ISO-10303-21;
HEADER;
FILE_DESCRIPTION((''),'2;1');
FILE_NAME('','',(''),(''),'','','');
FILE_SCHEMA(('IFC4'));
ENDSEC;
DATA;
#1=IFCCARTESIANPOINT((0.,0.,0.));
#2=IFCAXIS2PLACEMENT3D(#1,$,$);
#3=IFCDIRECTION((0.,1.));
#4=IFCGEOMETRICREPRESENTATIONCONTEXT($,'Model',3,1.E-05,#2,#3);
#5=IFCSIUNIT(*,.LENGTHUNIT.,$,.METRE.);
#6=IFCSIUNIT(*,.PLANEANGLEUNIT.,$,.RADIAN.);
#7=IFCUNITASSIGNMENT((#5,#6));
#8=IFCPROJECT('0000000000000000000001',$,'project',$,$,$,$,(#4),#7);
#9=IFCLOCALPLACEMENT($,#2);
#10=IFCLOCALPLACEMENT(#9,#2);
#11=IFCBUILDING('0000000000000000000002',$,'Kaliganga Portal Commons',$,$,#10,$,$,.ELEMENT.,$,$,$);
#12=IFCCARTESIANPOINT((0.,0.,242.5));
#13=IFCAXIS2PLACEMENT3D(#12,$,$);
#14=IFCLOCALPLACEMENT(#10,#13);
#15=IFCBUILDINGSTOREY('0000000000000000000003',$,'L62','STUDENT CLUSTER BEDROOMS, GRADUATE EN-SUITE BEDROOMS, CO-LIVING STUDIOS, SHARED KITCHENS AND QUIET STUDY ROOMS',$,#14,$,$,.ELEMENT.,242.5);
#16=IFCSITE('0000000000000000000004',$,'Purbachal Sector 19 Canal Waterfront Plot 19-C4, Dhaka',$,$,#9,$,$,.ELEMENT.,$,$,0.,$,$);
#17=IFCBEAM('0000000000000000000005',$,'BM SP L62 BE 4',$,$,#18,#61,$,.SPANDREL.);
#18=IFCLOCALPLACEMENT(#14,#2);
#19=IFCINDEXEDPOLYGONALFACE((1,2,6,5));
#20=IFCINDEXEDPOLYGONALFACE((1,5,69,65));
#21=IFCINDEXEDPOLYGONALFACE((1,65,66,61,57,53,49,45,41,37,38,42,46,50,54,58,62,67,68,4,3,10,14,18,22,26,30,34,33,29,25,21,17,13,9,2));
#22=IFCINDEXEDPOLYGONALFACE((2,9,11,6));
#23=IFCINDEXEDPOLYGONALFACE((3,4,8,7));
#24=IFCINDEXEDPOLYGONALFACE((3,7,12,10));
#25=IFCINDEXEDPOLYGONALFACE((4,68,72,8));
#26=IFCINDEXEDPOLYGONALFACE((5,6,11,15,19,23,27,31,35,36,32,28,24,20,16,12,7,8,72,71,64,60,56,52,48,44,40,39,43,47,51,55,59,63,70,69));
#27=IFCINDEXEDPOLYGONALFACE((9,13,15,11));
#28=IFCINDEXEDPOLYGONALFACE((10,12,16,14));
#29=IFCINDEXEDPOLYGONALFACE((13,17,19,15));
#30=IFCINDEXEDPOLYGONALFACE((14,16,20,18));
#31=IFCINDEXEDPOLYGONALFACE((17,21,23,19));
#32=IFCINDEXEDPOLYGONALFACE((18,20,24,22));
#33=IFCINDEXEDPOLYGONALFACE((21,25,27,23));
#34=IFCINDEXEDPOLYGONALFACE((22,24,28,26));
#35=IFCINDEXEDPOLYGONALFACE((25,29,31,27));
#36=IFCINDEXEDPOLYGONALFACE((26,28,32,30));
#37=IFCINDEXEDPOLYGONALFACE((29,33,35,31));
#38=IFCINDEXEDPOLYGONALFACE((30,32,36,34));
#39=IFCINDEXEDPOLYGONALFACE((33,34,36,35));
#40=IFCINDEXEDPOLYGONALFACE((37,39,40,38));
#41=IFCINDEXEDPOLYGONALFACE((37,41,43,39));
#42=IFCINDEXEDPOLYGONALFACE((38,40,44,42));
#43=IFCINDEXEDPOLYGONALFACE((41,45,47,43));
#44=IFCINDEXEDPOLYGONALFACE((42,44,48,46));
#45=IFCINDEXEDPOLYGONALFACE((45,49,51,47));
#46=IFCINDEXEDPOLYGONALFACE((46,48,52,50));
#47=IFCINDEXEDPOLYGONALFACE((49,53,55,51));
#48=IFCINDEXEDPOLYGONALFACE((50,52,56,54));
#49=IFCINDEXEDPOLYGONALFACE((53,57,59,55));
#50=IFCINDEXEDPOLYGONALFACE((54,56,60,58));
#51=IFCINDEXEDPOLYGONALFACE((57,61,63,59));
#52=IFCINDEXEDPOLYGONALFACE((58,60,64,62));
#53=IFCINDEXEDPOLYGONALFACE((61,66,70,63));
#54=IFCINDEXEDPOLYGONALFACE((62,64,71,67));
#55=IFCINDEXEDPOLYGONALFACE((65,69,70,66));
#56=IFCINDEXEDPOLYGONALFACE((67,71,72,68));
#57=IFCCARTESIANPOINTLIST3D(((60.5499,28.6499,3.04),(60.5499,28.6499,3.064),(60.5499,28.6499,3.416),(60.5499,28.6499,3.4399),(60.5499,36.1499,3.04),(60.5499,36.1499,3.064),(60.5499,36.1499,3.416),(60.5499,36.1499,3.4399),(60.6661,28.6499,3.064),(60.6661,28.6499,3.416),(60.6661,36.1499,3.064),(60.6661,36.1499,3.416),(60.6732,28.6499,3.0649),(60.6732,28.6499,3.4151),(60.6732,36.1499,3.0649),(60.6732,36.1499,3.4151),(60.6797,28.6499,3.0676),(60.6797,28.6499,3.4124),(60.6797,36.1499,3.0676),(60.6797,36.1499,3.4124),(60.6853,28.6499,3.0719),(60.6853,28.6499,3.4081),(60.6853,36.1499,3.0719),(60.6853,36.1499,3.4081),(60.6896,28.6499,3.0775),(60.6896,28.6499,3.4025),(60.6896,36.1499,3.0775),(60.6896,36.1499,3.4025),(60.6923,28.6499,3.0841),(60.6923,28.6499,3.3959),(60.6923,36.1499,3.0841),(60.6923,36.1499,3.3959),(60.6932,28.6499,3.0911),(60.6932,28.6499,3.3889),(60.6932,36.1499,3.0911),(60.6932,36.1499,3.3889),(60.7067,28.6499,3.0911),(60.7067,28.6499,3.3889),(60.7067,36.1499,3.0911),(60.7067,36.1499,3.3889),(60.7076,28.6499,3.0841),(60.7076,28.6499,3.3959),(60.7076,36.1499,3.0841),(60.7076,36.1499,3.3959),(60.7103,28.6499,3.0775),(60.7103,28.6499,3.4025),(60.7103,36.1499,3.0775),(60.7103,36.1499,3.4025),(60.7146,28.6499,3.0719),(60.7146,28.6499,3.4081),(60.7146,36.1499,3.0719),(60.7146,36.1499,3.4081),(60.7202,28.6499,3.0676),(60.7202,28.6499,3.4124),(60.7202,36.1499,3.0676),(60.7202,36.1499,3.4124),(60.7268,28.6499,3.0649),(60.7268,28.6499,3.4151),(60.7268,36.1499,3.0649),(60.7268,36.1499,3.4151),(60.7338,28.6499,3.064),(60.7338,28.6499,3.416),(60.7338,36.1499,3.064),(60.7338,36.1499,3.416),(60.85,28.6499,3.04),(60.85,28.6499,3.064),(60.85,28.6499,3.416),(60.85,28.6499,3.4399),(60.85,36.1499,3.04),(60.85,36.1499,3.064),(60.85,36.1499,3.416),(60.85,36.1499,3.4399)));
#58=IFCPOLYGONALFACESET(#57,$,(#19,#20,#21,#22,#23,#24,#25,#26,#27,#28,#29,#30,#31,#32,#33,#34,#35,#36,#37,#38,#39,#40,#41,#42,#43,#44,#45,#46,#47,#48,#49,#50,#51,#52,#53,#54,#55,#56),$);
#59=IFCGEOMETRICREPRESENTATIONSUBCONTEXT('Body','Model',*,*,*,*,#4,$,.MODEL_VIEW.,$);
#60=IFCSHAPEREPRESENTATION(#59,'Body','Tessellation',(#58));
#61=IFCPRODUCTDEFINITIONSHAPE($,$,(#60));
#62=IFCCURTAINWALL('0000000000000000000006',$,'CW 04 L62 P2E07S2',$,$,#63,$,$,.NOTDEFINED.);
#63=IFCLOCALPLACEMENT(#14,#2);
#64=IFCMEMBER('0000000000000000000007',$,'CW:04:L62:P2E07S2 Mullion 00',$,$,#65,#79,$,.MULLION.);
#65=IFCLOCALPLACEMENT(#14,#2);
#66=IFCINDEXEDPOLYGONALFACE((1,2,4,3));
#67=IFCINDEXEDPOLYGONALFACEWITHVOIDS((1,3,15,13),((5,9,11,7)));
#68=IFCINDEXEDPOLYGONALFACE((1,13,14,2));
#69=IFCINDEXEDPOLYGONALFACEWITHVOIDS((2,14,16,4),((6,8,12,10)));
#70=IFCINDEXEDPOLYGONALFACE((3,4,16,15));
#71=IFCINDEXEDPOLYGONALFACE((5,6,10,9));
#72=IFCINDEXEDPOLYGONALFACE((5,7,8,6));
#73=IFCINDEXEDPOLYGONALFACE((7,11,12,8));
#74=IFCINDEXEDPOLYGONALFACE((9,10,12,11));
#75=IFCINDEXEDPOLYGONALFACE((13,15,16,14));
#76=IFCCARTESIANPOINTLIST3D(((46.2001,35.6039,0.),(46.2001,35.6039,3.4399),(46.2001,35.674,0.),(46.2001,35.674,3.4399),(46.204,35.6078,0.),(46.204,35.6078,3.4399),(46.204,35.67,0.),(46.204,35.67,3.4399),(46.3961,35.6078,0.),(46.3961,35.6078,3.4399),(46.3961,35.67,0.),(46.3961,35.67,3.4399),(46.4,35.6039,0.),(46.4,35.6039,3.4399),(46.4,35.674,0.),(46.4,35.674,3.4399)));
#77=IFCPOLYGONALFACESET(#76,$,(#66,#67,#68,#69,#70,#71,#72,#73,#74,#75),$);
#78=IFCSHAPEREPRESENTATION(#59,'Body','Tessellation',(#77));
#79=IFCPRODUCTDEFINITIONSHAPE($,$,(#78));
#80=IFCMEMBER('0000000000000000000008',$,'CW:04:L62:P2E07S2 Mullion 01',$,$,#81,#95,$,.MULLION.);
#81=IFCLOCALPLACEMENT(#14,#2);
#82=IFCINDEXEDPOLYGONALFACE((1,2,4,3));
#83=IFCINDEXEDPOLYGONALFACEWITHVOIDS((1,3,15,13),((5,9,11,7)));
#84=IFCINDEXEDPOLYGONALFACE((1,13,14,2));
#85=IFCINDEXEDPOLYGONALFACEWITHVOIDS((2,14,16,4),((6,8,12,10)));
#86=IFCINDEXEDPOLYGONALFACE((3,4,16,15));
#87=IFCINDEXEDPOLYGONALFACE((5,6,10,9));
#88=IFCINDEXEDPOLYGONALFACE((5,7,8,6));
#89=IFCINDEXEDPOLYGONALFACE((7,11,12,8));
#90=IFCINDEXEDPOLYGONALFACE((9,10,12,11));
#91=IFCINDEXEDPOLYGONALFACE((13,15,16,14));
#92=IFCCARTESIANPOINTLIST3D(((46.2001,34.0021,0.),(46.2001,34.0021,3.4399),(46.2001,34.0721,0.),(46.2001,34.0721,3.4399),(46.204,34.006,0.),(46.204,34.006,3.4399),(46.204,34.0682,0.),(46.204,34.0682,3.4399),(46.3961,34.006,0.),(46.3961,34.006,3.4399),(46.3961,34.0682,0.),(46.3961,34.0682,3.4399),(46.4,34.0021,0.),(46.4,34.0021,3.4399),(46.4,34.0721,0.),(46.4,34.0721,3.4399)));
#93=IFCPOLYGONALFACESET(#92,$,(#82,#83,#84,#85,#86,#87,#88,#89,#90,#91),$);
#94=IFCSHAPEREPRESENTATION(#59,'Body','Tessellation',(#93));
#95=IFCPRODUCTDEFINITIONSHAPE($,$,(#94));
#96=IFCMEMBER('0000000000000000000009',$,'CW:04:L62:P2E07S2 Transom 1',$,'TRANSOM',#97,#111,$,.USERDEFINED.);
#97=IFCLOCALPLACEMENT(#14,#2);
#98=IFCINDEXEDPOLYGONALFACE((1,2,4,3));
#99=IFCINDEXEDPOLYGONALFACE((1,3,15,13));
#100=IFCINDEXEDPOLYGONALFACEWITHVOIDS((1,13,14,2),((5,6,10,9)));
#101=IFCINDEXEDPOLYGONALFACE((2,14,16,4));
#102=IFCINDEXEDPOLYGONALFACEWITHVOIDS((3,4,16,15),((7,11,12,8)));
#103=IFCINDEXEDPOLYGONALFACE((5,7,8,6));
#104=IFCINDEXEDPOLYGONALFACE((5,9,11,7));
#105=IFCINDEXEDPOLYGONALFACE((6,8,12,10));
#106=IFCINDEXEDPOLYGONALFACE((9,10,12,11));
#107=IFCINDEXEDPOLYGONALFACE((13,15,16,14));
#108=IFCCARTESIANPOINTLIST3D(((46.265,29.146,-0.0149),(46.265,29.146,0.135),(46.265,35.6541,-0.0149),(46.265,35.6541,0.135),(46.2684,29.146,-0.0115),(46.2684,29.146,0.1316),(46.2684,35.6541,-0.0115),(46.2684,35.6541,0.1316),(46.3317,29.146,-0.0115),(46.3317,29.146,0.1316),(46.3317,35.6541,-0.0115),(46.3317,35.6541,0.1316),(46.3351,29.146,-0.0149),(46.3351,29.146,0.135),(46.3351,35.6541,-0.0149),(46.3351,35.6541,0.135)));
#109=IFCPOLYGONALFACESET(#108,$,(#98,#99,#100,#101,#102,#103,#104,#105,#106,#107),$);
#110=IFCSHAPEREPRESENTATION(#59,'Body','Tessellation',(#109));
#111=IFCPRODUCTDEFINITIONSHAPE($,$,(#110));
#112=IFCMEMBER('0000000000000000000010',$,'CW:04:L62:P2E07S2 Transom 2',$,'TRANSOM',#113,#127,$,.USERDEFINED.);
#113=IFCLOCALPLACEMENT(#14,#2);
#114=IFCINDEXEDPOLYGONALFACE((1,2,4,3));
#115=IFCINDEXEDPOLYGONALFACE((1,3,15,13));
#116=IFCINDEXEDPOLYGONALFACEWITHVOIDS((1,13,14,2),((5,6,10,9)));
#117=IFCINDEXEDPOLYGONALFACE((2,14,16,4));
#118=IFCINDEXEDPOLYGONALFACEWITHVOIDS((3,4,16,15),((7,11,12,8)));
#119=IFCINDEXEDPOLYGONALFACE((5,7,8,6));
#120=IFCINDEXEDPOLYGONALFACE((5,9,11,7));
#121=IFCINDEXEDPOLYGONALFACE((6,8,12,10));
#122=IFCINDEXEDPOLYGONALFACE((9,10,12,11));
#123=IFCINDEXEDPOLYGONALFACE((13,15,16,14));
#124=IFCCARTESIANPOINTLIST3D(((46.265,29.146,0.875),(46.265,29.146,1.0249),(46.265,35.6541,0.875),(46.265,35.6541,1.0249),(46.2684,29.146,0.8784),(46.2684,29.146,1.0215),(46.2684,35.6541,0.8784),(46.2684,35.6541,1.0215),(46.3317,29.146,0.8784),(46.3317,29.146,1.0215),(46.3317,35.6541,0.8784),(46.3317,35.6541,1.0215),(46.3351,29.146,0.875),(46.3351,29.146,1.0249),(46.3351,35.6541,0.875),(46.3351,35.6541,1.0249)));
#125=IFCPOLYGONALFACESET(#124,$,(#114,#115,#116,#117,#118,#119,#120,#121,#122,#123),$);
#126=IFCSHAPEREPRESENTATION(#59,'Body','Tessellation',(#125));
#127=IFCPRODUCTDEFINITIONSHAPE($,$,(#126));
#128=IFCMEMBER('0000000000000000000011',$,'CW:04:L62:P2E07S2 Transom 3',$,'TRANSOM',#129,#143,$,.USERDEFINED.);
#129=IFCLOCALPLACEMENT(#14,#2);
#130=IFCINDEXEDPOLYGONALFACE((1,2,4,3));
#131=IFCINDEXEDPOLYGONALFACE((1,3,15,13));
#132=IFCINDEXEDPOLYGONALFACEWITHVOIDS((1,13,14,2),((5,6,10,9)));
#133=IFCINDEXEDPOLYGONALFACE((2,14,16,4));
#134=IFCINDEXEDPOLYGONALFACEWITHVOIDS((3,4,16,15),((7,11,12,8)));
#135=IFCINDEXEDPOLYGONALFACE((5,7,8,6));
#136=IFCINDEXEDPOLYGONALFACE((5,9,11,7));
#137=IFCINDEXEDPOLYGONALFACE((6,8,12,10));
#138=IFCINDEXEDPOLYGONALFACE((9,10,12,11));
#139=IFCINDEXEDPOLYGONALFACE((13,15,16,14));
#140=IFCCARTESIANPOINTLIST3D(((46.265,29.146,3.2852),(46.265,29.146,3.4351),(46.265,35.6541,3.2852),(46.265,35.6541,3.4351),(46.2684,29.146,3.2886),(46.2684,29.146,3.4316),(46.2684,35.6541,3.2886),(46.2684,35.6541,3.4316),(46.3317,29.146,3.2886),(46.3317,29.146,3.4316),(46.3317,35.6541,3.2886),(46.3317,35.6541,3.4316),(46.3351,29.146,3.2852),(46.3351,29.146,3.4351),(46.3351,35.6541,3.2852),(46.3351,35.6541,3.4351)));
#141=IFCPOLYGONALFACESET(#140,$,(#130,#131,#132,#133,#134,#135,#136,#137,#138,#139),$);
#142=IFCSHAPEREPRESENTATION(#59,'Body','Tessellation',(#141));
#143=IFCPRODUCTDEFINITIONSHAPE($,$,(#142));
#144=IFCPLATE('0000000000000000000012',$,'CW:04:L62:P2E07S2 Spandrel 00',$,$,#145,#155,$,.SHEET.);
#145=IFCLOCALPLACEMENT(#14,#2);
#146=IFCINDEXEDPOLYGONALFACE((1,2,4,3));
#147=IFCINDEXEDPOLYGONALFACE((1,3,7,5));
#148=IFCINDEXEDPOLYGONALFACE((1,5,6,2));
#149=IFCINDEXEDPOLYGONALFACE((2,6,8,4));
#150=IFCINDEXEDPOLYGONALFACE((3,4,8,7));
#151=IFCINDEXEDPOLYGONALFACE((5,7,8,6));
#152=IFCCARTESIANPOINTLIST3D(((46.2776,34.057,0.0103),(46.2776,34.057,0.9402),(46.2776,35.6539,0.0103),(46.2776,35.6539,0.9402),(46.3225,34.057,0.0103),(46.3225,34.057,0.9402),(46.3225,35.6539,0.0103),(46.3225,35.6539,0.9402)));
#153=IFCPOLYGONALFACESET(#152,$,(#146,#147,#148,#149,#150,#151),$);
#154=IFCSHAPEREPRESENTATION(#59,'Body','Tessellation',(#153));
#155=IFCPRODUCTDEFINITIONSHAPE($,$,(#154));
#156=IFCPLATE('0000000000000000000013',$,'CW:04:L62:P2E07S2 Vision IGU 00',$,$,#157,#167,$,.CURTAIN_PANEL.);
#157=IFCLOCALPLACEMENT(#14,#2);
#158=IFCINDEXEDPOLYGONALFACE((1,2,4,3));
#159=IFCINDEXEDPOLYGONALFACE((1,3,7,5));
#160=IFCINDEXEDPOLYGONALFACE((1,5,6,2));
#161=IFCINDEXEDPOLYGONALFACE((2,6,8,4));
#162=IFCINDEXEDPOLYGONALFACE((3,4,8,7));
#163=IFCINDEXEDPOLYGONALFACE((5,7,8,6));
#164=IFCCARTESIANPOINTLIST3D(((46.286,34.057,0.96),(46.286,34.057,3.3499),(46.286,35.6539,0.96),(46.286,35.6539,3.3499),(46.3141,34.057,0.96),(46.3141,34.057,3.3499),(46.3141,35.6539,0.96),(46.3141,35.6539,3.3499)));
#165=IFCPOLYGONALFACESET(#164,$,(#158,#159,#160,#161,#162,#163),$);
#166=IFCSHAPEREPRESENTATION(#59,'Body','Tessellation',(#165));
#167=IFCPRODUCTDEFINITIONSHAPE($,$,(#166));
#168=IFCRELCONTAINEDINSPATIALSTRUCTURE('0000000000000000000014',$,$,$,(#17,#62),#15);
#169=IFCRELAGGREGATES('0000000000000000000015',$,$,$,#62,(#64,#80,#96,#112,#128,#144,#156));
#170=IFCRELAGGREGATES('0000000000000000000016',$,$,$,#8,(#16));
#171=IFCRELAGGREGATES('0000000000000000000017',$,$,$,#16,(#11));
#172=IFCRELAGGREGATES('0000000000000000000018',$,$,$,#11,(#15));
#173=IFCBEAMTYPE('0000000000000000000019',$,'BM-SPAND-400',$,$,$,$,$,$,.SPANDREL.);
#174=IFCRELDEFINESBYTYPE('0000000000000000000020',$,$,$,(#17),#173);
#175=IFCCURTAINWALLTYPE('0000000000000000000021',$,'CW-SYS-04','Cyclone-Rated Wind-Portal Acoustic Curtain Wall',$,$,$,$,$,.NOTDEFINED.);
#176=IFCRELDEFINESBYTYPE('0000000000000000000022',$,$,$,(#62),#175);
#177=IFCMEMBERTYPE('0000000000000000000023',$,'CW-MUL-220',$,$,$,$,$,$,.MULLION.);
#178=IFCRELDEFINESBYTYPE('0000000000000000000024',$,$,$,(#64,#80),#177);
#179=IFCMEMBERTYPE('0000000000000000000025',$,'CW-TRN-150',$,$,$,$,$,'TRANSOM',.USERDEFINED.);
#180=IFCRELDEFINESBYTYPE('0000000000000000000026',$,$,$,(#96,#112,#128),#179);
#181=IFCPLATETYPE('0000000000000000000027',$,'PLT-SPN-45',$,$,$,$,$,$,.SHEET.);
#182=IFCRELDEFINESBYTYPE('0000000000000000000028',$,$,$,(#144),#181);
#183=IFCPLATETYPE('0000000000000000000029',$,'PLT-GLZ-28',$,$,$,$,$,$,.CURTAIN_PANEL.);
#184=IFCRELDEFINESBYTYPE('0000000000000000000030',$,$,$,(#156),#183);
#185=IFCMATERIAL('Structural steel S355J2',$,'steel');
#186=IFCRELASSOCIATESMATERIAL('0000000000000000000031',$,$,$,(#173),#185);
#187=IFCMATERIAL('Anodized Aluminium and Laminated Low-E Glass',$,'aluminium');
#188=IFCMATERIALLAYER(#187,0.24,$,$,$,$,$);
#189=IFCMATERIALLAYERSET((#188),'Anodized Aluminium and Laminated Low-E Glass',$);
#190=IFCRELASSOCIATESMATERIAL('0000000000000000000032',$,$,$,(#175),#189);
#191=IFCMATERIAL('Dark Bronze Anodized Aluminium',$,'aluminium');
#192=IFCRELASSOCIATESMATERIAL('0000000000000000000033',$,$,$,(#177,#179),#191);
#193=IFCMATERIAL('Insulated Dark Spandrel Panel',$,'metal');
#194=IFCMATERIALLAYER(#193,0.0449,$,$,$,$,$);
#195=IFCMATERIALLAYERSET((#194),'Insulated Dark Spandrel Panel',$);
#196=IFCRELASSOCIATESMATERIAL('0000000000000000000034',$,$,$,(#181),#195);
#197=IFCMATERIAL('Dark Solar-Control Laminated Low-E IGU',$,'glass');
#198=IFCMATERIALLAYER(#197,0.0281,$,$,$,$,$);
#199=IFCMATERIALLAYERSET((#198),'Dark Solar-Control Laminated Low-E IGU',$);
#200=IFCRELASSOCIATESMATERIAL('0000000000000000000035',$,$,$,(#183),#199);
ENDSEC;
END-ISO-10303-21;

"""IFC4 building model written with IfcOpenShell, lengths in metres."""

from ifc_helpers import new_model, si_unit, direction, frame, origin, origin_2d, place, context, subcontext, project, spatial, rectangle, hollow_rectangle, i_section, extrude, source, transform, mapped, material, layer, layer_set, material_profile, profile_set, type_object, element, aggregate, save


model = new_model("IFC4")

# Units and contexts
model_context = context("Model", 3, precision=1e-05, world=origin(), true_north=direction((0.0, 1.0)))
body_context = subcontext(model_context, "Body", "Model", "MODEL_VIEW")
ifc_project = project(units=[si_unit("LENGTHUNIT", "METRE"), si_unit("PLANEANGLEUNIT", "RADIAN")], contexts=[model_context])

# Site, building, storey
site_placement = place(None, origin())
site = spatial("IfcSite", under=ifc_project, at=site_placement, Name="Purbachal Sector 19 Canal Waterfront Plot 19-C4, Dhaka", CompositionType="ELEMENT", RefElevation=0.0)
building_placement = place(site_placement, origin())
building = spatial("IfcBuilding", under=site, at=building_placement, Name="Kaliganga Portal Commons", CompositionType="ELEMENT")
storey_placement = place(building_placement, frame((0.0, 0.0, 242.5)))
storey = spatial("IfcBuildingStorey", under=building, at=storey_placement, Name="L62", Description="STUDENT CLUSTER BEDROOMS, GRADUATE EN-SUITE BEDROOMS, CO-LIVING STUDIOS, SHARED KITCHENS AND QUIET STUDY ROOMS", CompositionType="ELEMENT", Elevation=242.5)

# Shared definitions
ifc_material_1 = material(Name="Structural steel S355J2", Category="steel")

# Beam
ifc_material_profile_1 = material_profile(ifc_material_1, i_section(OverallWidth=0.3, OverallDepth=0.3999, WebThickness=0.0134, FlangeThickness=0.0239, FilletRadius=0.0271, at=origin_2d()), Name="HE 400 B")
ifc_profile_set_1 = profile_set([ifc_material_profile_1], Name="Structural steel S355J2 wide-flange")
beam_type_1 = type_object("IfcBeamType", Name="BM-SPAND-400", PredefinedType="SPANDREL", material=ifc_profile_set_1)
shared_shape_1 = source(origin(), body_context, "Body", "SweptSolid", [
    extrude(i_section(OverallWidth=0.3, OverallDepth=0.3999, WebThickness=0.0134, FlangeThickness=0.0239, FilletRadius=0.0271, at=origin_2d()), origin(), (0.0, 0.0, 1.0), 7.5),
])
beam_1_placement = place(storey_placement, frame((60.7, 28.6499, 3.24), z_axis=(0.0, 1.0, 0.0), x_axis=(-1.0, 0.0, 0.0)))
element("IfcBeam", 1, at=beam_1_placement, inside=storey, type_object=beam_type_1, Name="BM SP L62 BE 4", PredefinedType="SPANDREL", context=body_context, shape_type="MappedRepresentation", body=[
    mapped(shared_shape_1, transform((0.0, 0.0, 0.0), x_axis=(1.0, 0.0, 0.0), y_axis=(0.0, 1.0, 0.0), z_axis=(0.0, 0.0, 1.0), scale=1.0)),
])

# Curtain wall, members, plates
ifc_material_2 = material(Name="Anodized Aluminium and Laminated Low-E Glass", Category="aluminium")
ifc_layer_1 = layer(ifc_material_2, 0.24)
ifc_layer_set_1 = layer_set([ifc_layer_1], Name="Anodized Aluminium and Laminated Low-E Glass")
curtain_wall_type = type_object("IfcCurtainWallType", Name="CW-SYS-04", Description="Cyclone-Rated Wind-Portal Acoustic Curtain Wall", PredefinedType="NOTDEFINED", material=ifc_layer_set_1)
curtain_wall_placement = place(storey_placement, origin())
curtain_wall = element("IfcCurtainWall", 2, at=curtain_wall_placement, inside=storey, type_object=curtain_wall_type, Name="CW 04 L62 P2E07S2", PredefinedType="NOTDEFINED")
ifc_material_3 = material(Name="Dark Bronze Anodized Aluminium", Category="aluminium")
ifc_material_profile_2 = material_profile(ifc_material_3, hollow_rectangle(XDim=0.0701, YDim=0.2, WallThickness=0.0039, at=origin_2d()), Name="ALU MULL 70x200x4")
ifc_profile_set_2 = profile_set([ifc_material_profile_2], Name="Dark Bronze Anodized Aluminium")
member_type_1 = type_object("IfcMemberType", Name="CW-MUL-220", PredefinedType="MULLION", material=ifc_profile_set_2)
shared_shape_2 = source(origin(), body_context, "Body", "SweptSolid", [
    extrude(hollow_rectangle(XDim=0.0701, YDim=0.2, WallThickness=0.0039, at=origin_2d()), origin(), (0.0, 0.0, 1.0), 3.4399),
])
member_1_placement = place(storey_placement, frame((46.3, 35.6389, 0.0), z_axis=(0.0, 0.0, 1.0), x_axis=(0.0, -1.0, 0.0)))
member_1 = element("IfcMember", 3, at=member_1_placement, type_object=member_type_1, Name="CW:04:L62:P2E07S2 Mullion 00", PredefinedType="MULLION", context=body_context, shape_type="MappedRepresentation", body=[
    mapped(shared_shape_2, transform((0.0, 0.0, 0.0), x_axis=(1.0, 0.0, 0.0), y_axis=(0.0, 1.0, 0.0), z_axis=(0.0, 0.0, 1.0), scale=1.0)),
])
member_2_placement = place(storey_placement, frame((46.3, 34.0371, 0.0), z_axis=(0.0, 0.0, 1.0), x_axis=(0.0, -1.0, 0.0)))
member_2 = element("IfcMember", 4, at=member_2_placement, type_object=member_type_1, Name="CW:04:L62:P2E07S2 Mullion 01", PredefinedType="MULLION", context=body_context, shape_type="MappedRepresentation", body=[
    mapped(shared_shape_2, transform((0.0, 0.0, 0.0), x_axis=(1.0, 0.0, 0.0), y_axis=(0.0, 1.0, 0.0), z_axis=(0.0, 0.0, 1.0), scale=1.0)),
])
ifc_material_profile_3 = material_profile(ifc_material_3, hollow_rectangle(XDim=0.0701, YDim=0.1499, WallThickness=0.0034, at=origin_2d()), Name="ALU TRAN 70x150x3.5")
ifc_profile_set_3 = profile_set([ifc_material_profile_3], Name="Dark Bronze Anodized Aluminium")
member_type_2 = type_object("IfcMemberType", Name="CW-TRN-150", ElementType="TRANSOM", PredefinedType="USERDEFINED", material=ifc_profile_set_3)
shared_shape_3 = source(origin(), body_context, "Body", "SweptSolid", [
    extrude(hollow_rectangle(XDim=0.0701, YDim=0.1499, WallThickness=0.0034, at=origin_2d()), origin(), (0.0, 0.0, 1.0), 6.5081),
])
member_3_placement = place(storey_placement, frame((46.3, 35.6541, 0.0601), z_axis=(0.0, -1.0, 0.0), x_axis=(1.0, 0.0, 0.0)))
member_3 = element("IfcMember", 5, at=member_3_placement, type_object=member_type_2, Name="CW:04:L62:P2E07S2 Transom 1", ObjectType="TRANSOM", PredefinedType="USERDEFINED", context=body_context, shape_type="MappedRepresentation", body=[
    mapped(shared_shape_3, transform((0.0, 0.0, 0.0), x_axis=(1.0, 0.0, 0.0), y_axis=(0.0, 1.0, 0.0), z_axis=(0.0, 0.0, 1.0), scale=1.0)),
])
member_4_placement = place(storey_placement, frame((46.3, 35.6541, 0.95), z_axis=(0.0, -1.0, 0.0), x_axis=(1.0, 0.0, 0.0)))
member_4 = element("IfcMember", 6, at=member_4_placement, type_object=member_type_2, Name="CW:04:L62:P2E07S2 Transom 2", ObjectType="TRANSOM", PredefinedType="USERDEFINED", context=body_context, shape_type="MappedRepresentation", body=[
    mapped(shared_shape_3, transform((0.0, 0.0, 0.0), x_axis=(1.0, 0.0, 0.0), y_axis=(0.0, 1.0, 0.0), z_axis=(0.0, 0.0, 1.0), scale=1.0)),
])
member_5_placement = place(storey_placement, frame((46.3, 35.6541, 3.3601), z_axis=(0.0, -1.0, 0.0), x_axis=(1.0, 0.0, 0.0)))
member_5 = element("IfcMember", 7, at=member_5_placement, type_object=member_type_2, Name="CW:04:L62:P2E07S2 Transom 3", ObjectType="TRANSOM", PredefinedType="USERDEFINED", context=body_context, shape_type="MappedRepresentation", body=[
    mapped(shared_shape_3, transform((0.0, 0.0, 0.0), x_axis=(1.0, 0.0, 0.0), y_axis=(0.0, 1.0, 0.0), z_axis=(0.0, 0.0, 1.0), scale=1.0)),
])
ifc_material_4 = material(Name="Insulated Dark Spandrel Panel", Category="metal")
ifc_layer_2 = layer(ifc_material_4, 0.0449)
ifc_layer_set_2 = layer_set([ifc_layer_2], Name="Insulated Dark Spandrel Panel")
plate_type_1 = type_object("IfcPlateType", Name="PLT-SPN-45", PredefinedType="SHEET", material=ifc_layer_set_2)
shared_shape_4 = source(origin(), body_context, "Body", "SweptSolid", [
    extrude(rectangle(XDim=1.5969, YDim=0.0449, at=origin_2d()), origin(), (0.0, 0.0, 1.0), 0.9299),
])
plate_1_placement = place(storey_placement, frame((46.3, 34.8555, 0.0103), z_axis=(0.0, 0.0, 1.0), x_axis=(0.0, -1.0, 0.0)))
plate_1 = element("IfcPlate", 8, at=plate_1_placement, type_object=plate_type_1, Name="CW:04:L62:P2E07S2 Spandrel 00", PredefinedType="SHEET", context=body_context, shape_type="MappedRepresentation", body=[
    mapped(shared_shape_4, transform((0.0, 0.0, 0.0), x_axis=(1.0, 0.0, 0.0), y_axis=(0.0, 1.0, 0.0), z_axis=(0.0, 0.0, 1.0), scale=1.0)),
])
ifc_material_5 = material(Name="Dark Solar-Control Laminated Low-E IGU", Category="glass")
ifc_layer_3 = layer(ifc_material_5, 0.0281)
ifc_layer_set_3 = layer_set([ifc_layer_3], Name="Dark Solar-Control Laminated Low-E IGU")
plate_type_2 = type_object("IfcPlateType", Name="PLT-GLZ-28", PredefinedType="CURTAIN_PANEL", material=ifc_layer_set_3)
shared_shape_5 = source(origin(), body_context, "Body", "SweptSolid", [
    extrude(rectangle(XDim=1.5969, YDim=0.0281, at=origin_2d()), origin(), (0.0, 0.0, 1.0), 2.3899),
])
plate_2_placement = place(storey_placement, frame((46.3, 34.8555, 0.96), z_axis=(0.0, 0.0, 1.0), x_axis=(0.0, -1.0, 0.0)))
plate_2 = element("IfcPlate", 9, at=plate_2_placement, type_object=plate_type_2, Name="CW:04:L62:P2E07S2 Vision IGU 00", PredefinedType="CURTAIN_PANEL", context=body_context, shape_type="MappedRepresentation", body=[
    mapped(shared_shape_5, transform((0.0, 0.0, 0.0), x_axis=(1.0, 0.0, 0.0), y_axis=(0.0, 1.0, 0.0), z_axis=(0.0, 0.0, 1.0), scale=1.0)),
])
aggregate(curtain_wall, [member_1, member_2, member_3, member_4, member_5, plate_1, plate_2])

save(model, "model.ifc")
